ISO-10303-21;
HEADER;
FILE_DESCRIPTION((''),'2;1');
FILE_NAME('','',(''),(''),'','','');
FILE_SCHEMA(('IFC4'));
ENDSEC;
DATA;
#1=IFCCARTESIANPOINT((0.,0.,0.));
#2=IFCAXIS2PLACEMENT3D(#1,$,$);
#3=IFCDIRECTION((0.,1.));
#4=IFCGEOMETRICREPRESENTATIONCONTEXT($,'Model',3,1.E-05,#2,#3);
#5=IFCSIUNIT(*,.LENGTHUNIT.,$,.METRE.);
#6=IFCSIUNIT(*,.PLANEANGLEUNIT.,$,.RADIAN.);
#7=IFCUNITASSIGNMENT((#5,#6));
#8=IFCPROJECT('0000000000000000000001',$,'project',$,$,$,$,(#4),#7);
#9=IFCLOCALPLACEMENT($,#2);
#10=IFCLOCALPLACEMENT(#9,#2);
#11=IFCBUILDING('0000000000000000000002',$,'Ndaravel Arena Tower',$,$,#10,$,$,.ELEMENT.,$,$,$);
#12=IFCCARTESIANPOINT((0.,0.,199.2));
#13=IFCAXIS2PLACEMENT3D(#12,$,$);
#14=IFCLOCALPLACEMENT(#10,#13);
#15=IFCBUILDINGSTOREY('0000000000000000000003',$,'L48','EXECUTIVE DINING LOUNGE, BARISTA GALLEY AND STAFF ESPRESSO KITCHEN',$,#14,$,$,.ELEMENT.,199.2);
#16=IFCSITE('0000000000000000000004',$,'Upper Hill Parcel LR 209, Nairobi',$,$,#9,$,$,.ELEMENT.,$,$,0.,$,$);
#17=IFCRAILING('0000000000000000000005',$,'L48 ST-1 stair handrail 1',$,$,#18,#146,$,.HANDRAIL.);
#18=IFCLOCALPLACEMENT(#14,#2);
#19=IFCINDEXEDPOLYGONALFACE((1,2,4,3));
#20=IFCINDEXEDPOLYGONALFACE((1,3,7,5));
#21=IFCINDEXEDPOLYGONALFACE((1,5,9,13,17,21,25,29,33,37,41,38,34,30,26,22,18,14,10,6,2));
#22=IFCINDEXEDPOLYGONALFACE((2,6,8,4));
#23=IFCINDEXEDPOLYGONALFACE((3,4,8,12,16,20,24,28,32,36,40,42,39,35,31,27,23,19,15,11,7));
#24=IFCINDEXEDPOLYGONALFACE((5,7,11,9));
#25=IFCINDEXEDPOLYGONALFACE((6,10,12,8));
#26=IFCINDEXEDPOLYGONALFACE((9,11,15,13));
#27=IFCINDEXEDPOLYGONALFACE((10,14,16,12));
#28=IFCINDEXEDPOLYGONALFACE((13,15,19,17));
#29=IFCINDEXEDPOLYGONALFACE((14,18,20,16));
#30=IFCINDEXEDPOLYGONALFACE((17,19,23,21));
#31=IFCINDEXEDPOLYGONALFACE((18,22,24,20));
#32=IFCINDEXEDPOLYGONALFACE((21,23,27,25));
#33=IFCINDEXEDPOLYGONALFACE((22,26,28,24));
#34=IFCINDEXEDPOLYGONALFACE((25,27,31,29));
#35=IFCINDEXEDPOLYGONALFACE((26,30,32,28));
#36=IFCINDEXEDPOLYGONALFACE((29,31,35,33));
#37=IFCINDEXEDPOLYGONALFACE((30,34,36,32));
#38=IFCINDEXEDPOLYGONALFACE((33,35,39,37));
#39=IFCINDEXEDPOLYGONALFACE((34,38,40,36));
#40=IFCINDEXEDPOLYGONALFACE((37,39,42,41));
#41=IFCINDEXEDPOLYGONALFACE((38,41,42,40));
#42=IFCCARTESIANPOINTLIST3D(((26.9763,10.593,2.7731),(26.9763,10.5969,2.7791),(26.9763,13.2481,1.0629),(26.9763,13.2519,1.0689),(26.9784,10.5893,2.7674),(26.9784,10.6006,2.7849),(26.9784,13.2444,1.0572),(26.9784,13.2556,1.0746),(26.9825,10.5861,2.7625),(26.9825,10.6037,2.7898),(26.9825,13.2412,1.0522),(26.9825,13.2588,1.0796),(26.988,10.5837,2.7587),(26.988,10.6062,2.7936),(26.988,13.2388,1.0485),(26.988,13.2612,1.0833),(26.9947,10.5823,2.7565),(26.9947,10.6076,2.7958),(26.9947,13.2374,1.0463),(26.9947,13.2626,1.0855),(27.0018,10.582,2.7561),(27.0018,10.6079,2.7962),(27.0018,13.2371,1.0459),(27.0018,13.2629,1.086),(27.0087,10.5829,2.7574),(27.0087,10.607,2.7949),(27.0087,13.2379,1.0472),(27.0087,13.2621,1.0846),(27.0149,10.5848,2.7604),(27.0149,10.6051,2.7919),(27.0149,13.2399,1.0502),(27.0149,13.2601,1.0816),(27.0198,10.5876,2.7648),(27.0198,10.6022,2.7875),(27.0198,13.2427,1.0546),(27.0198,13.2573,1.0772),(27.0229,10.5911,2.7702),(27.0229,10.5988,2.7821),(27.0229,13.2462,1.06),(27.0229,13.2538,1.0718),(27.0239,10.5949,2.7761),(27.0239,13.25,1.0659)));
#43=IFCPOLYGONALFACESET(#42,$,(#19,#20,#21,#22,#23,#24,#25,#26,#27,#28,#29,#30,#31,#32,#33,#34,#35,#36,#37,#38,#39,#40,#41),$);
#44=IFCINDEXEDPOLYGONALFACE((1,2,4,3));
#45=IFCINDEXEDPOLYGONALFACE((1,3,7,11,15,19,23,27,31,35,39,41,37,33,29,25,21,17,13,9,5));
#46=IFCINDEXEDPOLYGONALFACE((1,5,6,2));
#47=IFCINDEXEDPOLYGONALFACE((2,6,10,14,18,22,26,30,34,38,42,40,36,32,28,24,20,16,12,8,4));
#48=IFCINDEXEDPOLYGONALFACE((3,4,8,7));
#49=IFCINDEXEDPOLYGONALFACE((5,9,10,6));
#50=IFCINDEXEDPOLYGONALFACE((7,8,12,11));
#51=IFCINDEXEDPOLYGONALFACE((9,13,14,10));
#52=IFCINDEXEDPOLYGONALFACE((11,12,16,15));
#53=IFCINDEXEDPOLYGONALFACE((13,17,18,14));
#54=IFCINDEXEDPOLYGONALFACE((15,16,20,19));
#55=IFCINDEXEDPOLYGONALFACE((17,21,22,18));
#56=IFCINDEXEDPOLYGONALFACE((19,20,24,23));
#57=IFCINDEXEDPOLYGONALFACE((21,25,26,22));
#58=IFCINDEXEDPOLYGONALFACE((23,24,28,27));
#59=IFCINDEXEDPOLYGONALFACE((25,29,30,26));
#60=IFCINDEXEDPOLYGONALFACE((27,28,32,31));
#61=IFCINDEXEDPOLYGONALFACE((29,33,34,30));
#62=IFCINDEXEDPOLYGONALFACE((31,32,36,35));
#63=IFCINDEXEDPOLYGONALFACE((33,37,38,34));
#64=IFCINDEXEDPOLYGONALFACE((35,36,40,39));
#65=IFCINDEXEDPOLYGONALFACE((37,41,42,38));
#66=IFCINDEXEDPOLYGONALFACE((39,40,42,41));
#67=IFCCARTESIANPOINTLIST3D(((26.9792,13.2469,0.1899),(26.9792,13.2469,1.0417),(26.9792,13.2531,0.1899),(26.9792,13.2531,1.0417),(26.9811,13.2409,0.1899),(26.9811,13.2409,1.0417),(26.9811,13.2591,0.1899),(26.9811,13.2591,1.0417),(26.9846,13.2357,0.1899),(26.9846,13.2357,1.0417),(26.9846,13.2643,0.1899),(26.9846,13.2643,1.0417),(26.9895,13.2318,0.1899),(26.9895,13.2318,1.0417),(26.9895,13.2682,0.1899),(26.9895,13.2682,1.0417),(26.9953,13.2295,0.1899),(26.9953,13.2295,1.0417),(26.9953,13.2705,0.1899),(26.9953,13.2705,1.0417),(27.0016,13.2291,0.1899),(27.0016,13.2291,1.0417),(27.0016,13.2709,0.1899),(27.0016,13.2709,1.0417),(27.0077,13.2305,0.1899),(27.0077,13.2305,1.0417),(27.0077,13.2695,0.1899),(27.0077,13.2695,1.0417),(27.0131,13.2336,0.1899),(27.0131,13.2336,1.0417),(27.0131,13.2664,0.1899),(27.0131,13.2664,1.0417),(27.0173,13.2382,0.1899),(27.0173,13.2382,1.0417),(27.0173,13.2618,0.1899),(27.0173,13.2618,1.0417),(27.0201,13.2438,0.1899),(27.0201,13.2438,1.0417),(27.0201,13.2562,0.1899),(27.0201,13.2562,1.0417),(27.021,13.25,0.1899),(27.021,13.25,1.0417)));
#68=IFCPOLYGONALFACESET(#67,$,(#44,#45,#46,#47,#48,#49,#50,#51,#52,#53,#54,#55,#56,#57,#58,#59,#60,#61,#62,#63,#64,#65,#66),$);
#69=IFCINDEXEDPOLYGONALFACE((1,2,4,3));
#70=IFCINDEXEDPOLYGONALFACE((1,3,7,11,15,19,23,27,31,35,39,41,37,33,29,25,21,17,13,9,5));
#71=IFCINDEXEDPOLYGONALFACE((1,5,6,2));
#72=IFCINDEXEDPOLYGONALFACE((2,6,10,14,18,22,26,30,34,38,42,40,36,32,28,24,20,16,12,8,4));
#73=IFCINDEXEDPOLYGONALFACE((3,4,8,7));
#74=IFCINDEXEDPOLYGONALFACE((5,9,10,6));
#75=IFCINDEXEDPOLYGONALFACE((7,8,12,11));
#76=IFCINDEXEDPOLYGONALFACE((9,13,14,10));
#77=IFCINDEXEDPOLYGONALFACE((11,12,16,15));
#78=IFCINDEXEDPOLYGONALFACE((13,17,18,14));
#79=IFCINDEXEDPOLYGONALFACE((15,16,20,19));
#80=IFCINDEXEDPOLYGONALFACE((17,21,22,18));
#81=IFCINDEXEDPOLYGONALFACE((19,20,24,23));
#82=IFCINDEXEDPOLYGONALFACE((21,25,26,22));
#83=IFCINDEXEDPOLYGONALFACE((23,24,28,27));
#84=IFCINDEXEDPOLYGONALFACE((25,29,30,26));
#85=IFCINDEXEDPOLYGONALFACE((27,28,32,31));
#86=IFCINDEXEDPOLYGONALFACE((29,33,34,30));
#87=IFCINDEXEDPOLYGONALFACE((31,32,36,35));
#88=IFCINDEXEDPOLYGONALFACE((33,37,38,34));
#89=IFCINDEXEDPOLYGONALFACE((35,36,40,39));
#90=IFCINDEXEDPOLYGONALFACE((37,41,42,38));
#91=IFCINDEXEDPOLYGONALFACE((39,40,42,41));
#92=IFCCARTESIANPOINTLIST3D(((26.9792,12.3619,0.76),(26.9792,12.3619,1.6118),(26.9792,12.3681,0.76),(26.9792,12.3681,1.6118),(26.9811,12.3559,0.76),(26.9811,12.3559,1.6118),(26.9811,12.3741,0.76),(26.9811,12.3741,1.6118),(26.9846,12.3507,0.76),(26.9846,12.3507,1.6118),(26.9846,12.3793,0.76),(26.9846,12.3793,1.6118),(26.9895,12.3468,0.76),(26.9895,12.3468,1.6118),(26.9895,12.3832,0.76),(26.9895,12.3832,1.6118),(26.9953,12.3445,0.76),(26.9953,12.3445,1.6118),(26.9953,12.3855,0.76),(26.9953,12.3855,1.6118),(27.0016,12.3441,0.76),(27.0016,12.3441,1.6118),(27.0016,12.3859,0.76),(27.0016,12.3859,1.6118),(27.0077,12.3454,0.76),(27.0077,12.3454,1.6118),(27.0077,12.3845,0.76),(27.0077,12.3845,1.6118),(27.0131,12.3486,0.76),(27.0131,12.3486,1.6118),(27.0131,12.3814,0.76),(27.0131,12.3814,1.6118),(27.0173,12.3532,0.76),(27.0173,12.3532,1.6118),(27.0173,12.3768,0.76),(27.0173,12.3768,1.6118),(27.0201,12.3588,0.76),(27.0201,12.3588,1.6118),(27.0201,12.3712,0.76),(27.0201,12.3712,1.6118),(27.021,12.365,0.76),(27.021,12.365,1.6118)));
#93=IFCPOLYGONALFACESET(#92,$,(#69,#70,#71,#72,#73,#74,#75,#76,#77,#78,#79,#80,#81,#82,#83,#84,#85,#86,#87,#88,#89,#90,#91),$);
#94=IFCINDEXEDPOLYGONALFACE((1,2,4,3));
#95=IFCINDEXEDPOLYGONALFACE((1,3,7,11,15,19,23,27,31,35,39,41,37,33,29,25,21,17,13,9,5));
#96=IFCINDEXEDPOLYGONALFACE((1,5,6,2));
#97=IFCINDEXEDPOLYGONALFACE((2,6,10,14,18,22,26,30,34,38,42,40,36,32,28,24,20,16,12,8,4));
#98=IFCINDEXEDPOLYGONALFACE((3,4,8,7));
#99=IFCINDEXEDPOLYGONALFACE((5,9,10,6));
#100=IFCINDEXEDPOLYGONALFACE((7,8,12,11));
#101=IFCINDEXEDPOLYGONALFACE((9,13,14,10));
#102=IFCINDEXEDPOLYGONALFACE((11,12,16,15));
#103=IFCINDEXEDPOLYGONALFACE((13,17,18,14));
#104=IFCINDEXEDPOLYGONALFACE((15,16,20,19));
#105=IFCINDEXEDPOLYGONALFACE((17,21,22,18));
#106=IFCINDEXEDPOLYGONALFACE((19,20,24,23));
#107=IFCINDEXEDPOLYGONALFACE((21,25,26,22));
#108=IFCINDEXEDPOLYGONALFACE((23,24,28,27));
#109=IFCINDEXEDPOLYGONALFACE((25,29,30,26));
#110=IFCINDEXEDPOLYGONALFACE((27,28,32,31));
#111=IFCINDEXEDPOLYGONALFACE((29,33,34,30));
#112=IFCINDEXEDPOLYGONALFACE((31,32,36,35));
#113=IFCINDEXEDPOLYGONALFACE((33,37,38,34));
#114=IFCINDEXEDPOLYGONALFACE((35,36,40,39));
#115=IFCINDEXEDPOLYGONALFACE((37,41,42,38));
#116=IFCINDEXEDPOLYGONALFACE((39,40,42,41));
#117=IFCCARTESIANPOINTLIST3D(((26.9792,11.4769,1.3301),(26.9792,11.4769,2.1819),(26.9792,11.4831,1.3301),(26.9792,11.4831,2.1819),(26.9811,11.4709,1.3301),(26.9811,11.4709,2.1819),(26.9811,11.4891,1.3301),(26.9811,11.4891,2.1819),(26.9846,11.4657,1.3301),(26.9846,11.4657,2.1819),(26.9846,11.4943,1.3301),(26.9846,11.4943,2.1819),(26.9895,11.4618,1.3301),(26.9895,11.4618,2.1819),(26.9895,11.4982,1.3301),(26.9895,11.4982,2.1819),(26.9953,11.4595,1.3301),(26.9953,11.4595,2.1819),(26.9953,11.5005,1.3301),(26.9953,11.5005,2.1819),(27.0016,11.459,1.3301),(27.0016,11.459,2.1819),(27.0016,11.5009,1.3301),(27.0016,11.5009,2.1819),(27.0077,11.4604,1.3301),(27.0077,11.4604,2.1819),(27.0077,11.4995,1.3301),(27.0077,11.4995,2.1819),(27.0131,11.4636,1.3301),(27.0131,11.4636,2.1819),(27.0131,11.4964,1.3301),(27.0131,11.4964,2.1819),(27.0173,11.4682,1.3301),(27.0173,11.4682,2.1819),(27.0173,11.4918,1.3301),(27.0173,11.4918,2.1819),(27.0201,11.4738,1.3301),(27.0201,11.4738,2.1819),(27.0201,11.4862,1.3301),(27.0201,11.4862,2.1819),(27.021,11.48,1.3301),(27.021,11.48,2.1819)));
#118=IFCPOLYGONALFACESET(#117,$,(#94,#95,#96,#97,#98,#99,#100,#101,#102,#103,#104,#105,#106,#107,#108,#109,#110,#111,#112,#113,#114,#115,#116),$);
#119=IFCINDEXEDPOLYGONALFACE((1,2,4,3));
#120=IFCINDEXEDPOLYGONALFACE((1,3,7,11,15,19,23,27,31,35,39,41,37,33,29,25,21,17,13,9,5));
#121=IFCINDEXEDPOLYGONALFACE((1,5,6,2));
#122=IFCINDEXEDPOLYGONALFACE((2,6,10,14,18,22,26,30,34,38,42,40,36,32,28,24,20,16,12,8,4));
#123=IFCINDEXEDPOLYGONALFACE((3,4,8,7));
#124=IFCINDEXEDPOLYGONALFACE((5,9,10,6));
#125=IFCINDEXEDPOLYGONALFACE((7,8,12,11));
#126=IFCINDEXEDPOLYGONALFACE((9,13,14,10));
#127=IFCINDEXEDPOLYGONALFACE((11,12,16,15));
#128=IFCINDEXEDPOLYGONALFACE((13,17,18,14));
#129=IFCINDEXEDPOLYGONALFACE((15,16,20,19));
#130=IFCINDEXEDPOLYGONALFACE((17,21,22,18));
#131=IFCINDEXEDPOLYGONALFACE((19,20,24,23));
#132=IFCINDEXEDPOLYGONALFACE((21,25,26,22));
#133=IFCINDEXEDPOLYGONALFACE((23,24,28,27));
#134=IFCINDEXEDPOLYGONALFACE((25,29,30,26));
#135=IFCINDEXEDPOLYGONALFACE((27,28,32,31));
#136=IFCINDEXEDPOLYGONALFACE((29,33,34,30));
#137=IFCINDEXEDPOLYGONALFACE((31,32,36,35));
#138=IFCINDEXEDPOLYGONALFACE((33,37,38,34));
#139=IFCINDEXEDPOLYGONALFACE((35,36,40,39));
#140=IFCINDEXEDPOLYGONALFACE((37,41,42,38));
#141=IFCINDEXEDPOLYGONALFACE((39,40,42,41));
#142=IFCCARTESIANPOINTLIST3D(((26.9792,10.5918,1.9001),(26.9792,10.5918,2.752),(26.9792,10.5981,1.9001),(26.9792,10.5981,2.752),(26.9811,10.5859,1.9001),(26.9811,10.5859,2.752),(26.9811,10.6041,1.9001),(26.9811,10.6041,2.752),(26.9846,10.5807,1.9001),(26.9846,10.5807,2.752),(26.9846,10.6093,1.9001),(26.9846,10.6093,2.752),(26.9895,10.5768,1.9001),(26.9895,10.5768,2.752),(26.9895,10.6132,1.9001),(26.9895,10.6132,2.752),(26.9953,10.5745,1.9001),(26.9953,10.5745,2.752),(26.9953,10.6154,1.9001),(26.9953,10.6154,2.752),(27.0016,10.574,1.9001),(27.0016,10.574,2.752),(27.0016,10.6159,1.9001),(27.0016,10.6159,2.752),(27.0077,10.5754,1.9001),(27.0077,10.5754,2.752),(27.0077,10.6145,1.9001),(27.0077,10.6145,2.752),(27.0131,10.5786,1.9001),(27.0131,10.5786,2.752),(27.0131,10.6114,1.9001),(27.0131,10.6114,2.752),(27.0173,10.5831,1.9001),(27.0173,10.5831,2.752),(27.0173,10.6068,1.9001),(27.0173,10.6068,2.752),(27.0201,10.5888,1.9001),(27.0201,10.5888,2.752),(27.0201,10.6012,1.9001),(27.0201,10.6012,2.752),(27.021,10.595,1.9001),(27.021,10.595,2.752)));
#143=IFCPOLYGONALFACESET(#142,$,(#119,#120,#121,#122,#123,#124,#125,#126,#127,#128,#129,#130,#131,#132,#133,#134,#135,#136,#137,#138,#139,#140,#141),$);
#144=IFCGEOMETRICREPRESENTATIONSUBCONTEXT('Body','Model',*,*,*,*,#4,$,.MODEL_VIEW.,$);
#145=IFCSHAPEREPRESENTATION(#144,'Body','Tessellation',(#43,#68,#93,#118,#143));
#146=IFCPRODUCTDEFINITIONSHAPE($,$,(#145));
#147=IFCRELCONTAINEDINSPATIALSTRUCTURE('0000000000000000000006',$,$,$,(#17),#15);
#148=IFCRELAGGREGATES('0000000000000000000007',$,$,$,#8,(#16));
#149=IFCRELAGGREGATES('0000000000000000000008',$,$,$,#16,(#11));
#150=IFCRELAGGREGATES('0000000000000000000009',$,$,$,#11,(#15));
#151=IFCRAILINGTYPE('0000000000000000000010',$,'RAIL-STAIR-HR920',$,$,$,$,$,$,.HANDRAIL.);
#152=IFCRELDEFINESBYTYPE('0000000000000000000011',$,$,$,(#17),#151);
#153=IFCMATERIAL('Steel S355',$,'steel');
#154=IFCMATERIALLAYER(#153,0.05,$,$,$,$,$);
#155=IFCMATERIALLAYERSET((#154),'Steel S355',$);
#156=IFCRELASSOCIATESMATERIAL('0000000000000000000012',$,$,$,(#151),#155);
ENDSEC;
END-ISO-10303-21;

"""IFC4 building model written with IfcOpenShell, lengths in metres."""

from ifc_helpers import new_model, si_unit, direction, frame, origin, origin_2d, place, context, subcontext, project, spatial, circle, extrude, material, layer, layer_set, type_object, element, save


model = new_model("IFC4")

# Units and contexts
model_context = context("Model", 3, precision=1e-05, world=origin(), true_north=direction((0.0, 1.0)))
body_context = subcontext(model_context, "Body", "Model", "MODEL_VIEW")
ifc_project = project(units=[si_unit("LENGTHUNIT", "METRE"), si_unit("PLANEANGLEUNIT", "RADIAN")], contexts=[model_context])

# Site, building, storey
site_placement = place(None, origin())
site = spatial("IfcSite", under=ifc_project, at=site_placement, Name="Upper Hill Parcel LR 209, Nairobi", CompositionType="ELEMENT", RefElevation=0.0)
building_placement = place(site_placement, origin())
building = spatial("IfcBuilding", under=site, at=building_placement, Name="Ndaravel Arena Tower", CompositionType="ELEMENT")
storey_placement = place(building_placement, frame((0.0, 0.0, 199.2)))
storey = spatial("IfcBuildingStorey", under=building, at=storey_placement, Name="L48", Description="EXECUTIVE DINING LOUNGE, BARISTA GALLEY AND STAFF ESPRESSO KITCHEN", CompositionType="ELEMENT", Elevation=199.2)

# Railing
ifc_material_1 = material(Name="Steel S355", Category="steel")
ifc_layer_1 = layer(ifc_material_1, 0.05)
ifc_layer_set_1 = layer_set([ifc_layer_1], Name="Steel S355")
railing_type_1 = type_object("IfcRailingType", Name="RAIL-STAIR-HR920", PredefinedType="HANDRAIL", material=ifc_layer_set_1)
railing_1_placement = place(storey_placement, frame((27.0, 13.25, 0.1899)))
element("IfcRailing", 1, at=railing_1_placement, inside=storey, type_object=railing_type_1, Name="L48 ST-1 stair handrail 1", PredefinedType="HANDRAIL", context=body_context, shape_type="SweptSolid", body=[
    extrude(circle(Radius=0.0239, at=origin_2d()), frame((0.0, 0.0, 0.876), z_axis=(0.0, -0.840688, 0.541519), x_axis=(1.0, 0.0, 0.0)), (0.0, 0.0, 1.0), 3.1582),
    extrude(circle(Radius=0.021, at=origin_2d()), origin(), (0.0, 0.0, 1.0), 0.8518),
    extrude(circle(Radius=0.021, at=origin_2d()), frame((0.0, -0.885, 0.5701)), (0.0, 0.0, 1.0), 0.8518),
    extrude(circle(Radius=0.021, at=origin_2d()), frame((0.0, -1.77, 1.1401)), (0.0, 0.0, 1.0), 0.8518),
    extrude(circle(Radius=0.021, at=origin_2d()), frame((0.0, -2.655, 1.7102)), (0.0, 0.0, 1.0), 0.8518),
])

save(model, "model.ifc")
